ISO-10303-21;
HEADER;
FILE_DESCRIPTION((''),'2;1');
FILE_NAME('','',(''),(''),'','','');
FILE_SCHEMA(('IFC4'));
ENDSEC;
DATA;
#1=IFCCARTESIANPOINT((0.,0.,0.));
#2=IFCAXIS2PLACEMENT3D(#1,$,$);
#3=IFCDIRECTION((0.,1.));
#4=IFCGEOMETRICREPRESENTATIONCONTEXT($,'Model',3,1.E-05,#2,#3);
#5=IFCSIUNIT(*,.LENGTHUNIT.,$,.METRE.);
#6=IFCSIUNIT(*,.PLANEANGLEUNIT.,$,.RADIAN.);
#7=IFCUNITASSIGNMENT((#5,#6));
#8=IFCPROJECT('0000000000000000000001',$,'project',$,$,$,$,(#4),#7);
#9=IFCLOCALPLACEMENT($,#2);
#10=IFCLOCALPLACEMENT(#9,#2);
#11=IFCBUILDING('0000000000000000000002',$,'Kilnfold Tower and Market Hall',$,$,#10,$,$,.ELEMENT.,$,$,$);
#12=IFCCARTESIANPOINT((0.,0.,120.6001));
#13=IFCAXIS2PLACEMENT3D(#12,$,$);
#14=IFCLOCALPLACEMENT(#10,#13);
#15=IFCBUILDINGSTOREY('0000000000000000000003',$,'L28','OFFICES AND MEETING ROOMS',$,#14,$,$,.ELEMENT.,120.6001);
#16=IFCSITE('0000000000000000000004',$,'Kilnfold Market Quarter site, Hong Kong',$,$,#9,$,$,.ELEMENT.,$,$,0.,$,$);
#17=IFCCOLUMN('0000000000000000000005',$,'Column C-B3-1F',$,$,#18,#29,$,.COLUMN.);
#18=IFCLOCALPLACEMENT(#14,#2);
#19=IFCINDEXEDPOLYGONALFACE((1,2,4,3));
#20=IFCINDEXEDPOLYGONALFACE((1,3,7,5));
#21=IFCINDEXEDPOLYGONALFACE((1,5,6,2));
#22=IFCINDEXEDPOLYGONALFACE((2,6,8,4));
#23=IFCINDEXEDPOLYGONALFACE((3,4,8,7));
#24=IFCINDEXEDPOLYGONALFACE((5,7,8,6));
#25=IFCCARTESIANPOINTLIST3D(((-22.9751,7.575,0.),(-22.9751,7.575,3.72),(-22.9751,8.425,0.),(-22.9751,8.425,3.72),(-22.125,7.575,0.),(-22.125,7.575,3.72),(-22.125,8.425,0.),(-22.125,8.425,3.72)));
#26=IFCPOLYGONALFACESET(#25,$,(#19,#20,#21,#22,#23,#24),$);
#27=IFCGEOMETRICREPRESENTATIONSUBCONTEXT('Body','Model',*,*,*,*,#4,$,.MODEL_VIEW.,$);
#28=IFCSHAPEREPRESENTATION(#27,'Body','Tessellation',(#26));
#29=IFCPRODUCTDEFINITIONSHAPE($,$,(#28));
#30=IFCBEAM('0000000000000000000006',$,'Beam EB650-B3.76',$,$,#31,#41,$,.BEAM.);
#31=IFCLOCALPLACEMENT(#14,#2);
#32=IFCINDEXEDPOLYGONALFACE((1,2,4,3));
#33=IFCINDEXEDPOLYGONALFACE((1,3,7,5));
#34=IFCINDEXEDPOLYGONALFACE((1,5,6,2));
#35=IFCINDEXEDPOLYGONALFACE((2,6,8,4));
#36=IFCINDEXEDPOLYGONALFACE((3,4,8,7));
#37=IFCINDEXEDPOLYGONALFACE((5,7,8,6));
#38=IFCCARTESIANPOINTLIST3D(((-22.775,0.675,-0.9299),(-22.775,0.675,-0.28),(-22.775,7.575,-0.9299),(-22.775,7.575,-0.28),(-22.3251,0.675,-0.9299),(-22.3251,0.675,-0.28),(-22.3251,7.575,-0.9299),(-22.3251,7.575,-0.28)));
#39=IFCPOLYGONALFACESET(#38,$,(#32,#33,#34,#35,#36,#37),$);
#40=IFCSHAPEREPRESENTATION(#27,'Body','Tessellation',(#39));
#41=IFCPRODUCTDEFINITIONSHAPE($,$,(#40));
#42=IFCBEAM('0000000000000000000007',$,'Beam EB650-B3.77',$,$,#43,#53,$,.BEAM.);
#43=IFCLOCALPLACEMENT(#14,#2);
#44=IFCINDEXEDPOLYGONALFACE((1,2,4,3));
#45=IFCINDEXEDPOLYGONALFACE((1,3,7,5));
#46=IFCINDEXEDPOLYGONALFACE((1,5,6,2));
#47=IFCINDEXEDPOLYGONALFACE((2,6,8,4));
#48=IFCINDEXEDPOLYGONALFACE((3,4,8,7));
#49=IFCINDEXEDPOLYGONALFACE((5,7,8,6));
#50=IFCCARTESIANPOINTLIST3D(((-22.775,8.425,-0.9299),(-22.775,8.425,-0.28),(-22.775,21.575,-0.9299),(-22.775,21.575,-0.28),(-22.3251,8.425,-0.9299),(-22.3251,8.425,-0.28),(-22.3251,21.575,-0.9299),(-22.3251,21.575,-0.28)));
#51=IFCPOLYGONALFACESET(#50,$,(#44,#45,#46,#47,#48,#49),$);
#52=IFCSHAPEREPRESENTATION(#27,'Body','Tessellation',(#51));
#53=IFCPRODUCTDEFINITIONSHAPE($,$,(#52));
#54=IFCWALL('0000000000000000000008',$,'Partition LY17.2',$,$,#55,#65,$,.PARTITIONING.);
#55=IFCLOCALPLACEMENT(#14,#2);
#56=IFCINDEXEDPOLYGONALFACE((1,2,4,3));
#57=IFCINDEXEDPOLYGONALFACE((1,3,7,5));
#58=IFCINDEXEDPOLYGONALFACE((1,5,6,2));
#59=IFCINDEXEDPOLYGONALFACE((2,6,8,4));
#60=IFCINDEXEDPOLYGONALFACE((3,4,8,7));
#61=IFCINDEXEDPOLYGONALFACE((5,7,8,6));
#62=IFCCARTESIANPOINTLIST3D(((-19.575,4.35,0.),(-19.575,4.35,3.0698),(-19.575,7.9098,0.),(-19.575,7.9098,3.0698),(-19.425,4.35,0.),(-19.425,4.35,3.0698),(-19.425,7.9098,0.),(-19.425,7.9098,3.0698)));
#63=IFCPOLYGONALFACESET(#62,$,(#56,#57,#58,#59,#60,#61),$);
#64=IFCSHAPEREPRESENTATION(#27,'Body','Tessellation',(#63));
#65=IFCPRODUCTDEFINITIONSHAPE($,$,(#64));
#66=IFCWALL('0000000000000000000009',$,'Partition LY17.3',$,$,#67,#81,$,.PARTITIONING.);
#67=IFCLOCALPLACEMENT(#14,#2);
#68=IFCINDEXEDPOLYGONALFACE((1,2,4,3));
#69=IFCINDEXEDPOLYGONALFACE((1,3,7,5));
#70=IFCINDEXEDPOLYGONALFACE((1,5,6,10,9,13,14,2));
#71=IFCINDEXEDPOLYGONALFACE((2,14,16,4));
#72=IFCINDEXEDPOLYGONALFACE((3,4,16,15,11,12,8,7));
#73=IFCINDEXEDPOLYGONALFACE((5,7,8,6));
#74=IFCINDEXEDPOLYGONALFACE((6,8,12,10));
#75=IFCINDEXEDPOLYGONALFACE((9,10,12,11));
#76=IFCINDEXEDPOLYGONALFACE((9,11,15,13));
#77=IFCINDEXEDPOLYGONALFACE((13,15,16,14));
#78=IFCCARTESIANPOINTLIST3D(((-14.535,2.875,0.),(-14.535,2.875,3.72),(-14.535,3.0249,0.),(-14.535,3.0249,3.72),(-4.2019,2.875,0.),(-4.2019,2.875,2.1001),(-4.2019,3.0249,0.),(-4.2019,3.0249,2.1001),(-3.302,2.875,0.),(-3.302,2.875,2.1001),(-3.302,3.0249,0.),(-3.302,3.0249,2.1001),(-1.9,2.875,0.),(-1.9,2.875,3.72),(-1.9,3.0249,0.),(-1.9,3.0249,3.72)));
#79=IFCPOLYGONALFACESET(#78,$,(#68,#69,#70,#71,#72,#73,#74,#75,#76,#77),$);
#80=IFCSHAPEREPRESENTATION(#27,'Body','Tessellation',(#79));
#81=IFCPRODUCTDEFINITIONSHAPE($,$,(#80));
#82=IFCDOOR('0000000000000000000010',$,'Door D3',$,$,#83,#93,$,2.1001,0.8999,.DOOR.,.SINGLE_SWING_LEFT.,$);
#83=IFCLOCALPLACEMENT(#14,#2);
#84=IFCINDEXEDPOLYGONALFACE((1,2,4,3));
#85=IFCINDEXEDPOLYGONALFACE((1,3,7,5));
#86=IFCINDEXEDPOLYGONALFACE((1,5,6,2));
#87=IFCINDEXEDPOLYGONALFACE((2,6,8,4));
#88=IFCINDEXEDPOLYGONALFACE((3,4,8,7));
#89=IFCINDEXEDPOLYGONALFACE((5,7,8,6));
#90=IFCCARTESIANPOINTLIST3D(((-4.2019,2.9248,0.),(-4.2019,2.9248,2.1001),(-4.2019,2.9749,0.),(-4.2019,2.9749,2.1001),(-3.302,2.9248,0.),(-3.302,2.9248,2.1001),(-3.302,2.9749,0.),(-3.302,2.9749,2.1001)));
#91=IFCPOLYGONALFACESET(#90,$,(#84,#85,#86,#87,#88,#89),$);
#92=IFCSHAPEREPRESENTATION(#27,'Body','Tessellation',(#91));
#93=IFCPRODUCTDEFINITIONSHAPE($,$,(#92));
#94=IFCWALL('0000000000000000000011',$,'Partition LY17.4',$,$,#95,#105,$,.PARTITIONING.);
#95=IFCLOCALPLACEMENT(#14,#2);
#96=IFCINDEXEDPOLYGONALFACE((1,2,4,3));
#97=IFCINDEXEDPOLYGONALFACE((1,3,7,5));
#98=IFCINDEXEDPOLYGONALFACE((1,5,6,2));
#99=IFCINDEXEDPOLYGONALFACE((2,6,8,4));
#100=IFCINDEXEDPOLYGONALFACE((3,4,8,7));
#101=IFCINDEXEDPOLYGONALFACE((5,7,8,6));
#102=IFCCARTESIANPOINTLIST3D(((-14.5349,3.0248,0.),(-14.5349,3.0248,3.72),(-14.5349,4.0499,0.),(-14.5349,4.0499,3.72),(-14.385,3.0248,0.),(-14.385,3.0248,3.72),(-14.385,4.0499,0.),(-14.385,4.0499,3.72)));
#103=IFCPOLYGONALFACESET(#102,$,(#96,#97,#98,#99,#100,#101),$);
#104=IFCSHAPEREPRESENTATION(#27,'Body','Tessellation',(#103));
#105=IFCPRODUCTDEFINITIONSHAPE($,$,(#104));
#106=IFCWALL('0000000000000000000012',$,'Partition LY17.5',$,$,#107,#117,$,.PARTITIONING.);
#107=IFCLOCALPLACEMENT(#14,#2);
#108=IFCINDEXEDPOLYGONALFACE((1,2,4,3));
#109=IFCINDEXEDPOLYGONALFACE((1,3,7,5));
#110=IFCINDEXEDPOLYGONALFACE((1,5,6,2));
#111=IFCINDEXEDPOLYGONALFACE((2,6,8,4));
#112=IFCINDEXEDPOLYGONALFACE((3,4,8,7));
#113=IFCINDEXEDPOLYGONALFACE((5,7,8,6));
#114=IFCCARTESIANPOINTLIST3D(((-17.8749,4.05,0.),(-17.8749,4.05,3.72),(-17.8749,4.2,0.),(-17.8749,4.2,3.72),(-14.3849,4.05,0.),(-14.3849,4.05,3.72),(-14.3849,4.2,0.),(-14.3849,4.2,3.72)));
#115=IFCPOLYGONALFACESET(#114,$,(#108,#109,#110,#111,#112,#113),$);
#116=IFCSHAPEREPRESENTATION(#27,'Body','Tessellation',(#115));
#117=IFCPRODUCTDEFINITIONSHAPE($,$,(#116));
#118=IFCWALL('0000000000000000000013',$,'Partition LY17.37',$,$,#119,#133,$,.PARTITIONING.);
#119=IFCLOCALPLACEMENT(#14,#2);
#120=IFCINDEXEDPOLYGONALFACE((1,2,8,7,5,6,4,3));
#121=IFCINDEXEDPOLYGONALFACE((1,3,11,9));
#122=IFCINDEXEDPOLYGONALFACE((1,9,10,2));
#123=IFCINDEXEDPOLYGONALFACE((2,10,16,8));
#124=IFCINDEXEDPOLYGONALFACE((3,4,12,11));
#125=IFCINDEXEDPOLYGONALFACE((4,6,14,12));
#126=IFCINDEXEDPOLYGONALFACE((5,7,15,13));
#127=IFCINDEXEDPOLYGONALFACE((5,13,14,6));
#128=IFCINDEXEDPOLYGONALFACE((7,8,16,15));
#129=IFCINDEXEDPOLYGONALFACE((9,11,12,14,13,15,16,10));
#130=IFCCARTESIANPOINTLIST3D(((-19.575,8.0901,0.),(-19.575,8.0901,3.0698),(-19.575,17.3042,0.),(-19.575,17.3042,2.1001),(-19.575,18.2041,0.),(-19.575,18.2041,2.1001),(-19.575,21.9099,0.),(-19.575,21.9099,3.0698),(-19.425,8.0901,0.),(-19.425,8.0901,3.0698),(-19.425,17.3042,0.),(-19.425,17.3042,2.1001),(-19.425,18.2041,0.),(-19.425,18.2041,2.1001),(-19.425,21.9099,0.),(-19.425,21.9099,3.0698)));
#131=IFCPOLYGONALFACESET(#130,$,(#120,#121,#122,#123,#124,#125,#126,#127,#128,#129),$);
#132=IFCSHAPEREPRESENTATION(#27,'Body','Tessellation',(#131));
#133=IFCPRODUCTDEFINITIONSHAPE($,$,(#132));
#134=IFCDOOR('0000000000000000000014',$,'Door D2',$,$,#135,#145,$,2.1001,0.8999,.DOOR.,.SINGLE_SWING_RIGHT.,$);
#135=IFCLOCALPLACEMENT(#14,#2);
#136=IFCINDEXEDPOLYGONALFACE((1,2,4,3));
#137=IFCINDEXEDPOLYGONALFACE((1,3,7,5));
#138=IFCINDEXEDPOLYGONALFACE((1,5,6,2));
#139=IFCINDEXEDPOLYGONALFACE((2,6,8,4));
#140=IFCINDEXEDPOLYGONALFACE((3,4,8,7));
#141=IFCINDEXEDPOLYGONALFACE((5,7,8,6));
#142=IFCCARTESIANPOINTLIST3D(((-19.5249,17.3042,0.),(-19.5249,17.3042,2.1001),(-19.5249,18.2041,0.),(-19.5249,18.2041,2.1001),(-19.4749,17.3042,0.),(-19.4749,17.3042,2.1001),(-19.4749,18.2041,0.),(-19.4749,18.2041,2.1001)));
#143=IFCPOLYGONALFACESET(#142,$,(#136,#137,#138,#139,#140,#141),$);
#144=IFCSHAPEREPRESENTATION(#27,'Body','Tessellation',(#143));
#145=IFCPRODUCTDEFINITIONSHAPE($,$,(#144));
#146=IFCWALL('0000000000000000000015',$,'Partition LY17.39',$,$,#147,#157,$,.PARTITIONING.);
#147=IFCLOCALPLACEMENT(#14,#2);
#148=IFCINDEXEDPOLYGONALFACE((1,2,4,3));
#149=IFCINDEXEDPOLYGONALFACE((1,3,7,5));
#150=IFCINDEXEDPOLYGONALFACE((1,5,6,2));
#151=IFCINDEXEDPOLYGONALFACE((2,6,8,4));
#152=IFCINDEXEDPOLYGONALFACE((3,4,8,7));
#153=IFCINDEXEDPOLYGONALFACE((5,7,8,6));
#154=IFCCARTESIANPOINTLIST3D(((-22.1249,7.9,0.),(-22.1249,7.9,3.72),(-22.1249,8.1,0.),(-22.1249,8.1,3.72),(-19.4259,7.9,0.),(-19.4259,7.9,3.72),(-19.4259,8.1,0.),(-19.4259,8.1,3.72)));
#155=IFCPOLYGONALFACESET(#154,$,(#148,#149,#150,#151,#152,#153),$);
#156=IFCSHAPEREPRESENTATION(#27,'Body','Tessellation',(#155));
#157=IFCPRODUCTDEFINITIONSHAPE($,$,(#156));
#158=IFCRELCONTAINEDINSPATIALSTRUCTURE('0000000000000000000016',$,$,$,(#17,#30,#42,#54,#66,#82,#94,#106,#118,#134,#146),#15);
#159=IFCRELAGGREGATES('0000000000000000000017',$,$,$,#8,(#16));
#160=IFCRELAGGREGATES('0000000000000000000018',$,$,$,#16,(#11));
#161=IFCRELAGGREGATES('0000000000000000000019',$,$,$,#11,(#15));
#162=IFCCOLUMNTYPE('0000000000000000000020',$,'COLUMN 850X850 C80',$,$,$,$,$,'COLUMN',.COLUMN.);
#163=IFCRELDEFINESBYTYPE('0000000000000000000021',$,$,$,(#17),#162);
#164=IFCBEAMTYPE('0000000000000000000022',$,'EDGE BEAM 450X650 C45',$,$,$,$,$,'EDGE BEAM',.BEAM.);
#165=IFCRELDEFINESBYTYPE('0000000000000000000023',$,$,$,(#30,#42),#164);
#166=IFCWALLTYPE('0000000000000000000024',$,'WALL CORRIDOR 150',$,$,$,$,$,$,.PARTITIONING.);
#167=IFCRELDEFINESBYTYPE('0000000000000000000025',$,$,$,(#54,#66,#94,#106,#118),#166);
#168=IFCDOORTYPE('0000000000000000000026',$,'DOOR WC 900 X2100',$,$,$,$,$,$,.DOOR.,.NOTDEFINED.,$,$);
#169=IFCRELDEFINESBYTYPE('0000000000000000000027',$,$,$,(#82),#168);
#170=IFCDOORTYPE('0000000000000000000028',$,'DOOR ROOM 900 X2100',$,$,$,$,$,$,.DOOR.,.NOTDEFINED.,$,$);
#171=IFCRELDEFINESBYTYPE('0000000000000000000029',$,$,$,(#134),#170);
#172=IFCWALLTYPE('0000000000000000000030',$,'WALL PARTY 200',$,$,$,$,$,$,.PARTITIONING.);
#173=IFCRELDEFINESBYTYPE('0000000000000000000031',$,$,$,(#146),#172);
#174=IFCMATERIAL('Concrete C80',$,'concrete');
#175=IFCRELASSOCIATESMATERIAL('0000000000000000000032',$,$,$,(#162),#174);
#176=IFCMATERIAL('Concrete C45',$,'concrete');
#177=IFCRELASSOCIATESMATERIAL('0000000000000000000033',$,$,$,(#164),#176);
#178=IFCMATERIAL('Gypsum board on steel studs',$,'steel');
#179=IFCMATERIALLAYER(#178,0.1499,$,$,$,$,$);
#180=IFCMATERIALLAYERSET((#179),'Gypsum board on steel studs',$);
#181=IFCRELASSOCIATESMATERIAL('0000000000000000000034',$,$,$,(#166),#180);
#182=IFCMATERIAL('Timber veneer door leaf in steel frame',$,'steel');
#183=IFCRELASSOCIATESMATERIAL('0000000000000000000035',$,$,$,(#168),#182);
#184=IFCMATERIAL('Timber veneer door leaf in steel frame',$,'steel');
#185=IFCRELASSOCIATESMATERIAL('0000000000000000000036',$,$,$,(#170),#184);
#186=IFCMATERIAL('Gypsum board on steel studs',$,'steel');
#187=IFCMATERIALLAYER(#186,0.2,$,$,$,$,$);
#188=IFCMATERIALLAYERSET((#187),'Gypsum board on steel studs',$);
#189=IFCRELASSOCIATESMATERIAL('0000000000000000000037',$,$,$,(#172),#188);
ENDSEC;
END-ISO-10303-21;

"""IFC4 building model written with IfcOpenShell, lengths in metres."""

from ifc_helpers import new_model, si_unit, direction, frame, frame_2d, origin, origin_2d, place, context, subcontext, project, spatial, rectangle, extrude, source, transform, mapped, material, layer, layer_set, material_profile, profile_set, type_object, element, fill, save


model = new_model("IFC4")

# Units and contexts
model_context = context("Model", 3, precision=1e-05, world=origin(), true_north=direction((0.0, 1.0)))
body_context = subcontext(model_context, "Body", "Model", "MODEL_VIEW")
ifc_project = project(units=[si_unit("LENGTHUNIT", "METRE"), si_unit("PLANEANGLEUNIT", "RADIAN")], contexts=[model_context])

# Site, building, storey
site_placement = place(None, origin())
site = spatial("IfcSite", under=ifc_project, at=site_placement, Name="Kilnfold Market Quarter site, Hong Kong", CompositionType="ELEMENT", RefElevation=0.0)
building_placement = place(site_placement, origin())
building = spatial("IfcBuilding", under=site, at=building_placement, Name="Kilnfold Tower and Market Hall", CompositionType="ELEMENT")
storey_placement = place(building_placement, frame((0.0, 0.0, 120.6001)))
storey = spatial("IfcBuildingStorey", under=building, at=storey_placement, Name="L28", Description="OFFICES AND MEETING ROOMS", CompositionType="ELEMENT", Elevation=120.6001)

# Column
ifc_material_1 = material(Name="Concrete C80", Category="concrete")
ifc_material_profile_1 = material_profile(ifc_material_1, rectangle(XDim=0.8501, YDim=0.8501, at=origin_2d()), Name="RC 850x850")
ifc_profile_set_1 = profile_set([ifc_material_profile_1], Name="Concrete C80")
column_type = type_object("IfcColumnType", Name="COLUMN 850X850 C80", ElementType="COLUMN", PredefinedType="COLUMN", material=ifc_profile_set_1)
shared_shape_1 = source(origin(), body_context, "Body", "SweptSolid", [
    extrude(rectangle(XDim=0.8501, YDim=0.8501, at=origin_2d()), origin(), (0.0, 0.0, 1.0), 3.72),
])
column_placement = place(storey_placement, frame((-22.55, 8.0, 0.0), z_axis=(0.0, 0.0, 1.0), x_axis=(1.0, 0.0, 0.0)))
element("IfcColumn", 1, at=column_placement, inside=storey, type_object=column_type, Name="Column C-B3-1F", PredefinedType="COLUMN", context=body_context, shape_type="MappedRepresentation", body=[
    mapped(shared_shape_1, transform((0.0, 0.0, 0.0))),
])

# Beams
ifc_material_2 = material(Name="Concrete C45", Category="concrete")
ifc_material_profile_2 = material_profile(ifc_material_2, rectangle(XDim=0.45, YDim=0.6499, at=origin_2d()), Name="RC 450x650")
ifc_profile_set_2 = profile_set([ifc_material_profile_2], Name="Concrete C45")
beam_type = type_object("IfcBeamType", Name="EDGE BEAM 450X650 C45", ElementType="EDGE BEAM", PredefinedType="BEAM", material=ifc_profile_set_2)
shared_shape_2 = source(origin(), body_context, "Body", "SweptSolid", [
    extrude(rectangle(XDim=0.45, YDim=0.6499, at=origin_2d()), origin(), (0.0, 0.0, 1.0), 6.8999),
])
beam_1_placement = place(storey_placement, frame((-22.55, 0.675, -0.605), z_axis=(0.0, 1.0, 0.0), x_axis=(-1.0, 0.0, 0.0)))
element("IfcBeam", 2, at=beam_1_placement, inside=storey, type_object=beam_type, Name="Beam EB650-B3.76", PredefinedType="BEAM", context=body_context, shape_type="MappedRepresentation", body=[
    mapped(shared_shape_2, transform((0.0, 0.0, 0.0))),
])
shared_shape_3 = source(origin(), body_context, "Body", "SweptSolid", [
    extrude(rectangle(XDim=0.45, YDim=0.6499, at=origin_2d()), origin(), (0.0, 0.0, 1.0), 13.1499),
])
beam_2_placement = place(storey_placement, frame((-22.55, 8.425, -0.605), z_axis=(0.0, 1.0, 0.0), x_axis=(-1.0, 0.0, 0.0)))
element("IfcBeam", 3, at=beam_2_placement, inside=storey, type_object=beam_type, Name="Beam EB650-B3.77", PredefinedType="BEAM", context=body_context, shape_type="MappedRepresentation", body=[
    mapped(shared_shape_3, transform((0.0, 0.0, 0.0))),
])

# Wall
ifc_material_3 = material(Name="Gypsum board on steel studs", Category="steel")
ifc_layer_1 = layer(ifc_material_3, 0.1499)
ifc_layer_set_1 = layer_set([ifc_layer_1], Name="Gypsum board on steel studs")
wall_type_1 = type_object("IfcWallType", Name="WALL CORRIDOR 150", PredefinedType="PARTITIONING", material=ifc_layer_set_1)
wall_1_placement = place(storey_placement, frame((-19.5, 4.3501, 0.0), z_axis=(0.0, 0.0, 1.0), x_axis=(0.0, 1.0, 0.0)))
element("IfcWall", 4, at=wall_1_placement, inside=storey, type_object=wall_type_1, Name="Partition LY17.2", PredefinedType="PARTITIONING", context=body_context, shape_type="SweptSolid", body=[
    extrude(rectangle(XDim=3.5598, YDim=0.1499, at=frame_2d((1.7798, 0.0))), origin(), (0.0, 0.0, 1.0), 3.0698),
])

# Wall, opening, door
wall_2_placement = place(storey_placement, frame((-14.5349, 2.95, 0.0), z_axis=(0.0, 0.0, 1.0), x_axis=(1.0, 0.0, 0.0)))
wall_2 = element("IfcWall", 5, at=wall_2_placement, inside=storey, type_object=wall_type_1, Name="Partition LY17.3", PredefinedType="PARTITIONING", context=body_context, shape_type="SweptSolid", body=[
    extrude(rectangle(XDim=12.635, YDim=0.1499, at=frame_2d((6.3174, 0.0))), origin(), (0.0, 0.0, 1.0), 3.72),
])
opening_1_placement = place(wall_2_placement, frame((10.333, 0.0, 0.0)))
opening_1 = element("IfcOpeningElement", 6, at=opening_1_placement, cuts=wall_2, PredefinedType="OPENING", context=body_context, shape_type="SweptSolid", body=[
    extrude(rectangle(XDim=0.8999, YDim=2.1001, at=frame_2d((0.45, 1.05))), frame((0.0, 0.085, 0.0), z_axis=(0.0, -1.0, 0.0), x_axis=(1.0, 0.0, 0.0)), (0.0, 0.0, 1.0), 0.1699),
])
ifc_material_4 = material(Name="Timber veneer door leaf in steel frame", Category="steel")
door_type_1 = type_object("IfcDoorType", Name="DOOR WC 900 X2100", OperationType="NOTDEFINED", PredefinedType="DOOR", material=ifc_material_4)
door_1_placement = place(opening_1_placement, origin())
door_1 = element("IfcDoor", 7, at=door_1_placement, inside=storey, type_object=door_type_1, Name="Door D3", OperationType="SINGLE_SWING_LEFT", OverallHeight=2.1001, OverallWidth=0.8999, PredefinedType="DOOR", context=body_context, shape_type="SweptSolid", body=[
    extrude(rectangle(XDim=0.8999, YDim=2.1001, at=frame_2d((0.45, 1.05))), frame((0.0, 0.0249, 0.0), z_axis=(0.0, -1.0, 0.0), x_axis=(1.0, 0.0, 0.0)), (0.0, 0.0, 1.0), 0.05),
])
fill(opening_1, door_1)

# Walls
wall_3_placement = place(storey_placement, frame((-14.46, 4.05, 0.0), z_axis=(0.0, 0.0, 1.0), x_axis=(0.0, -1.0, 0.0)))
element("IfcWall", 8, at=wall_3_placement, inside=storey, type_object=wall_type_1, Name="Partition LY17.4", PredefinedType="PARTITIONING", context=body_context, shape_type="SweptSolid", body=[
    extrude(rectangle(XDim=1.0251, YDim=0.1499, at=frame_2d((0.5127, 0.0))), origin(), (0.0, 0.0, 1.0), 3.72),
])
wall_4_placement = place(storey_placement, frame((-17.875, 4.125, 0.0), z_axis=(0.0, 0.0, 1.0), x_axis=(1.0, 0.0, 0.0)))
element("IfcWall", 9, at=wall_4_placement, inside=storey, type_object=wall_type_1, Name="Partition LY17.5", PredefinedType="PARTITIONING", context=body_context, shape_type="SweptSolid", body=[
    extrude(rectangle(XDim=3.49, YDim=0.1499, at=frame_2d((1.7451, 0.0))), origin(), (0.0, 0.0, 1.0), 3.72),
])

# Wall, opening, door
wall_5_placement = place(storey_placement, frame((-19.5, 8.0901, 0.0), z_axis=(0.0, 0.0, 1.0), x_axis=(0.0, 1.0, 0.0)))
wall_5 = element("IfcWall", 10, at=wall_5_placement, inside=storey, type_object=wall_type_1, Name="Partition LY17.37", PredefinedType="PARTITIONING", context=body_context, shape_type="SweptSolid", body=[
    extrude(rectangle(XDim=13.8198, YDim=0.1499, at=frame_2d((6.9099, 0.0))), origin(), (0.0, 0.0, 1.0), 3.0698),
])
opening_2_placement = place(wall_5_placement, frame((9.2141, 0.0, 0.0)))
opening_2 = element("IfcOpeningElement", 11, at=opening_2_placement, cuts=wall_5, PredefinedType="OPENING", context=body_context, shape_type="SweptSolid", body=[
    extrude(rectangle(XDim=0.8999, YDim=2.1001, at=frame_2d((0.45, 1.05))), frame((0.0, 0.085, 0.0), z_axis=(0.0, -1.0, 0.0), x_axis=(1.0, 0.0, 0.0)), (0.0, 0.0, 1.0), 0.1699),
])
ifc_material_5 = material(Name="Timber veneer door leaf in steel frame", Category="steel")
door_type_2 = type_object("IfcDoorType", Name="DOOR ROOM 900 X2100", OperationType="NOTDEFINED", PredefinedType="DOOR", material=ifc_material_5)
door_2_placement = place(opening_2_placement, origin())
door_2 = element("IfcDoor", 12, at=door_2_placement, inside=storey, type_object=door_type_2, Name="Door D2", OperationType="SINGLE_SWING_RIGHT", OverallHeight=2.1001, OverallWidth=0.8999, PredefinedType="DOOR", context=body_context, shape_type="SweptSolid", body=[
    extrude(rectangle(XDim=0.8999, YDim=2.1001, at=frame_2d((0.45, 1.05))), frame((0.0, 0.0249, 0.0), z_axis=(0.0, -1.0, 0.0), x_axis=(1.0, 0.0, 0.0)), (0.0, 0.0, 1.0), 0.05),
])
fill(opening_2, door_2)

# Wall
ifc_material_6 = material(Name="Gypsum board on steel studs", Category="steel")
ifc_layer_2 = layer(ifc_material_6, 0.2)
ifc_layer_set_2 = layer_set([ifc_layer_2], Name="Gypsum board on steel studs")
wall_type_2 = type_object("IfcWallType", Name="WALL PARTY 200", PredefinedType="PARTITIONING", material=ifc_layer_set_2)
wall_6_placement = place(storey_placement, frame((-22.125, 8.0, 0.0), z_axis=(0.0, 0.0, 1.0), x_axis=(1.0, 0.0, 0.0)))
element("IfcWall", 13, at=wall_6_placement, inside=storey, type_object=wall_type_2, Name="Partition LY17.39", PredefinedType="PARTITIONING", context=body_context, shape_type="SweptSolid", body=[
    extrude(rectangle(XDim=2.699, YDim=0.2, at=frame_2d((1.3496, 0.0))), origin(), (0.0, 0.0, 1.0), 3.72),
])

save(model, "model.ifc")
